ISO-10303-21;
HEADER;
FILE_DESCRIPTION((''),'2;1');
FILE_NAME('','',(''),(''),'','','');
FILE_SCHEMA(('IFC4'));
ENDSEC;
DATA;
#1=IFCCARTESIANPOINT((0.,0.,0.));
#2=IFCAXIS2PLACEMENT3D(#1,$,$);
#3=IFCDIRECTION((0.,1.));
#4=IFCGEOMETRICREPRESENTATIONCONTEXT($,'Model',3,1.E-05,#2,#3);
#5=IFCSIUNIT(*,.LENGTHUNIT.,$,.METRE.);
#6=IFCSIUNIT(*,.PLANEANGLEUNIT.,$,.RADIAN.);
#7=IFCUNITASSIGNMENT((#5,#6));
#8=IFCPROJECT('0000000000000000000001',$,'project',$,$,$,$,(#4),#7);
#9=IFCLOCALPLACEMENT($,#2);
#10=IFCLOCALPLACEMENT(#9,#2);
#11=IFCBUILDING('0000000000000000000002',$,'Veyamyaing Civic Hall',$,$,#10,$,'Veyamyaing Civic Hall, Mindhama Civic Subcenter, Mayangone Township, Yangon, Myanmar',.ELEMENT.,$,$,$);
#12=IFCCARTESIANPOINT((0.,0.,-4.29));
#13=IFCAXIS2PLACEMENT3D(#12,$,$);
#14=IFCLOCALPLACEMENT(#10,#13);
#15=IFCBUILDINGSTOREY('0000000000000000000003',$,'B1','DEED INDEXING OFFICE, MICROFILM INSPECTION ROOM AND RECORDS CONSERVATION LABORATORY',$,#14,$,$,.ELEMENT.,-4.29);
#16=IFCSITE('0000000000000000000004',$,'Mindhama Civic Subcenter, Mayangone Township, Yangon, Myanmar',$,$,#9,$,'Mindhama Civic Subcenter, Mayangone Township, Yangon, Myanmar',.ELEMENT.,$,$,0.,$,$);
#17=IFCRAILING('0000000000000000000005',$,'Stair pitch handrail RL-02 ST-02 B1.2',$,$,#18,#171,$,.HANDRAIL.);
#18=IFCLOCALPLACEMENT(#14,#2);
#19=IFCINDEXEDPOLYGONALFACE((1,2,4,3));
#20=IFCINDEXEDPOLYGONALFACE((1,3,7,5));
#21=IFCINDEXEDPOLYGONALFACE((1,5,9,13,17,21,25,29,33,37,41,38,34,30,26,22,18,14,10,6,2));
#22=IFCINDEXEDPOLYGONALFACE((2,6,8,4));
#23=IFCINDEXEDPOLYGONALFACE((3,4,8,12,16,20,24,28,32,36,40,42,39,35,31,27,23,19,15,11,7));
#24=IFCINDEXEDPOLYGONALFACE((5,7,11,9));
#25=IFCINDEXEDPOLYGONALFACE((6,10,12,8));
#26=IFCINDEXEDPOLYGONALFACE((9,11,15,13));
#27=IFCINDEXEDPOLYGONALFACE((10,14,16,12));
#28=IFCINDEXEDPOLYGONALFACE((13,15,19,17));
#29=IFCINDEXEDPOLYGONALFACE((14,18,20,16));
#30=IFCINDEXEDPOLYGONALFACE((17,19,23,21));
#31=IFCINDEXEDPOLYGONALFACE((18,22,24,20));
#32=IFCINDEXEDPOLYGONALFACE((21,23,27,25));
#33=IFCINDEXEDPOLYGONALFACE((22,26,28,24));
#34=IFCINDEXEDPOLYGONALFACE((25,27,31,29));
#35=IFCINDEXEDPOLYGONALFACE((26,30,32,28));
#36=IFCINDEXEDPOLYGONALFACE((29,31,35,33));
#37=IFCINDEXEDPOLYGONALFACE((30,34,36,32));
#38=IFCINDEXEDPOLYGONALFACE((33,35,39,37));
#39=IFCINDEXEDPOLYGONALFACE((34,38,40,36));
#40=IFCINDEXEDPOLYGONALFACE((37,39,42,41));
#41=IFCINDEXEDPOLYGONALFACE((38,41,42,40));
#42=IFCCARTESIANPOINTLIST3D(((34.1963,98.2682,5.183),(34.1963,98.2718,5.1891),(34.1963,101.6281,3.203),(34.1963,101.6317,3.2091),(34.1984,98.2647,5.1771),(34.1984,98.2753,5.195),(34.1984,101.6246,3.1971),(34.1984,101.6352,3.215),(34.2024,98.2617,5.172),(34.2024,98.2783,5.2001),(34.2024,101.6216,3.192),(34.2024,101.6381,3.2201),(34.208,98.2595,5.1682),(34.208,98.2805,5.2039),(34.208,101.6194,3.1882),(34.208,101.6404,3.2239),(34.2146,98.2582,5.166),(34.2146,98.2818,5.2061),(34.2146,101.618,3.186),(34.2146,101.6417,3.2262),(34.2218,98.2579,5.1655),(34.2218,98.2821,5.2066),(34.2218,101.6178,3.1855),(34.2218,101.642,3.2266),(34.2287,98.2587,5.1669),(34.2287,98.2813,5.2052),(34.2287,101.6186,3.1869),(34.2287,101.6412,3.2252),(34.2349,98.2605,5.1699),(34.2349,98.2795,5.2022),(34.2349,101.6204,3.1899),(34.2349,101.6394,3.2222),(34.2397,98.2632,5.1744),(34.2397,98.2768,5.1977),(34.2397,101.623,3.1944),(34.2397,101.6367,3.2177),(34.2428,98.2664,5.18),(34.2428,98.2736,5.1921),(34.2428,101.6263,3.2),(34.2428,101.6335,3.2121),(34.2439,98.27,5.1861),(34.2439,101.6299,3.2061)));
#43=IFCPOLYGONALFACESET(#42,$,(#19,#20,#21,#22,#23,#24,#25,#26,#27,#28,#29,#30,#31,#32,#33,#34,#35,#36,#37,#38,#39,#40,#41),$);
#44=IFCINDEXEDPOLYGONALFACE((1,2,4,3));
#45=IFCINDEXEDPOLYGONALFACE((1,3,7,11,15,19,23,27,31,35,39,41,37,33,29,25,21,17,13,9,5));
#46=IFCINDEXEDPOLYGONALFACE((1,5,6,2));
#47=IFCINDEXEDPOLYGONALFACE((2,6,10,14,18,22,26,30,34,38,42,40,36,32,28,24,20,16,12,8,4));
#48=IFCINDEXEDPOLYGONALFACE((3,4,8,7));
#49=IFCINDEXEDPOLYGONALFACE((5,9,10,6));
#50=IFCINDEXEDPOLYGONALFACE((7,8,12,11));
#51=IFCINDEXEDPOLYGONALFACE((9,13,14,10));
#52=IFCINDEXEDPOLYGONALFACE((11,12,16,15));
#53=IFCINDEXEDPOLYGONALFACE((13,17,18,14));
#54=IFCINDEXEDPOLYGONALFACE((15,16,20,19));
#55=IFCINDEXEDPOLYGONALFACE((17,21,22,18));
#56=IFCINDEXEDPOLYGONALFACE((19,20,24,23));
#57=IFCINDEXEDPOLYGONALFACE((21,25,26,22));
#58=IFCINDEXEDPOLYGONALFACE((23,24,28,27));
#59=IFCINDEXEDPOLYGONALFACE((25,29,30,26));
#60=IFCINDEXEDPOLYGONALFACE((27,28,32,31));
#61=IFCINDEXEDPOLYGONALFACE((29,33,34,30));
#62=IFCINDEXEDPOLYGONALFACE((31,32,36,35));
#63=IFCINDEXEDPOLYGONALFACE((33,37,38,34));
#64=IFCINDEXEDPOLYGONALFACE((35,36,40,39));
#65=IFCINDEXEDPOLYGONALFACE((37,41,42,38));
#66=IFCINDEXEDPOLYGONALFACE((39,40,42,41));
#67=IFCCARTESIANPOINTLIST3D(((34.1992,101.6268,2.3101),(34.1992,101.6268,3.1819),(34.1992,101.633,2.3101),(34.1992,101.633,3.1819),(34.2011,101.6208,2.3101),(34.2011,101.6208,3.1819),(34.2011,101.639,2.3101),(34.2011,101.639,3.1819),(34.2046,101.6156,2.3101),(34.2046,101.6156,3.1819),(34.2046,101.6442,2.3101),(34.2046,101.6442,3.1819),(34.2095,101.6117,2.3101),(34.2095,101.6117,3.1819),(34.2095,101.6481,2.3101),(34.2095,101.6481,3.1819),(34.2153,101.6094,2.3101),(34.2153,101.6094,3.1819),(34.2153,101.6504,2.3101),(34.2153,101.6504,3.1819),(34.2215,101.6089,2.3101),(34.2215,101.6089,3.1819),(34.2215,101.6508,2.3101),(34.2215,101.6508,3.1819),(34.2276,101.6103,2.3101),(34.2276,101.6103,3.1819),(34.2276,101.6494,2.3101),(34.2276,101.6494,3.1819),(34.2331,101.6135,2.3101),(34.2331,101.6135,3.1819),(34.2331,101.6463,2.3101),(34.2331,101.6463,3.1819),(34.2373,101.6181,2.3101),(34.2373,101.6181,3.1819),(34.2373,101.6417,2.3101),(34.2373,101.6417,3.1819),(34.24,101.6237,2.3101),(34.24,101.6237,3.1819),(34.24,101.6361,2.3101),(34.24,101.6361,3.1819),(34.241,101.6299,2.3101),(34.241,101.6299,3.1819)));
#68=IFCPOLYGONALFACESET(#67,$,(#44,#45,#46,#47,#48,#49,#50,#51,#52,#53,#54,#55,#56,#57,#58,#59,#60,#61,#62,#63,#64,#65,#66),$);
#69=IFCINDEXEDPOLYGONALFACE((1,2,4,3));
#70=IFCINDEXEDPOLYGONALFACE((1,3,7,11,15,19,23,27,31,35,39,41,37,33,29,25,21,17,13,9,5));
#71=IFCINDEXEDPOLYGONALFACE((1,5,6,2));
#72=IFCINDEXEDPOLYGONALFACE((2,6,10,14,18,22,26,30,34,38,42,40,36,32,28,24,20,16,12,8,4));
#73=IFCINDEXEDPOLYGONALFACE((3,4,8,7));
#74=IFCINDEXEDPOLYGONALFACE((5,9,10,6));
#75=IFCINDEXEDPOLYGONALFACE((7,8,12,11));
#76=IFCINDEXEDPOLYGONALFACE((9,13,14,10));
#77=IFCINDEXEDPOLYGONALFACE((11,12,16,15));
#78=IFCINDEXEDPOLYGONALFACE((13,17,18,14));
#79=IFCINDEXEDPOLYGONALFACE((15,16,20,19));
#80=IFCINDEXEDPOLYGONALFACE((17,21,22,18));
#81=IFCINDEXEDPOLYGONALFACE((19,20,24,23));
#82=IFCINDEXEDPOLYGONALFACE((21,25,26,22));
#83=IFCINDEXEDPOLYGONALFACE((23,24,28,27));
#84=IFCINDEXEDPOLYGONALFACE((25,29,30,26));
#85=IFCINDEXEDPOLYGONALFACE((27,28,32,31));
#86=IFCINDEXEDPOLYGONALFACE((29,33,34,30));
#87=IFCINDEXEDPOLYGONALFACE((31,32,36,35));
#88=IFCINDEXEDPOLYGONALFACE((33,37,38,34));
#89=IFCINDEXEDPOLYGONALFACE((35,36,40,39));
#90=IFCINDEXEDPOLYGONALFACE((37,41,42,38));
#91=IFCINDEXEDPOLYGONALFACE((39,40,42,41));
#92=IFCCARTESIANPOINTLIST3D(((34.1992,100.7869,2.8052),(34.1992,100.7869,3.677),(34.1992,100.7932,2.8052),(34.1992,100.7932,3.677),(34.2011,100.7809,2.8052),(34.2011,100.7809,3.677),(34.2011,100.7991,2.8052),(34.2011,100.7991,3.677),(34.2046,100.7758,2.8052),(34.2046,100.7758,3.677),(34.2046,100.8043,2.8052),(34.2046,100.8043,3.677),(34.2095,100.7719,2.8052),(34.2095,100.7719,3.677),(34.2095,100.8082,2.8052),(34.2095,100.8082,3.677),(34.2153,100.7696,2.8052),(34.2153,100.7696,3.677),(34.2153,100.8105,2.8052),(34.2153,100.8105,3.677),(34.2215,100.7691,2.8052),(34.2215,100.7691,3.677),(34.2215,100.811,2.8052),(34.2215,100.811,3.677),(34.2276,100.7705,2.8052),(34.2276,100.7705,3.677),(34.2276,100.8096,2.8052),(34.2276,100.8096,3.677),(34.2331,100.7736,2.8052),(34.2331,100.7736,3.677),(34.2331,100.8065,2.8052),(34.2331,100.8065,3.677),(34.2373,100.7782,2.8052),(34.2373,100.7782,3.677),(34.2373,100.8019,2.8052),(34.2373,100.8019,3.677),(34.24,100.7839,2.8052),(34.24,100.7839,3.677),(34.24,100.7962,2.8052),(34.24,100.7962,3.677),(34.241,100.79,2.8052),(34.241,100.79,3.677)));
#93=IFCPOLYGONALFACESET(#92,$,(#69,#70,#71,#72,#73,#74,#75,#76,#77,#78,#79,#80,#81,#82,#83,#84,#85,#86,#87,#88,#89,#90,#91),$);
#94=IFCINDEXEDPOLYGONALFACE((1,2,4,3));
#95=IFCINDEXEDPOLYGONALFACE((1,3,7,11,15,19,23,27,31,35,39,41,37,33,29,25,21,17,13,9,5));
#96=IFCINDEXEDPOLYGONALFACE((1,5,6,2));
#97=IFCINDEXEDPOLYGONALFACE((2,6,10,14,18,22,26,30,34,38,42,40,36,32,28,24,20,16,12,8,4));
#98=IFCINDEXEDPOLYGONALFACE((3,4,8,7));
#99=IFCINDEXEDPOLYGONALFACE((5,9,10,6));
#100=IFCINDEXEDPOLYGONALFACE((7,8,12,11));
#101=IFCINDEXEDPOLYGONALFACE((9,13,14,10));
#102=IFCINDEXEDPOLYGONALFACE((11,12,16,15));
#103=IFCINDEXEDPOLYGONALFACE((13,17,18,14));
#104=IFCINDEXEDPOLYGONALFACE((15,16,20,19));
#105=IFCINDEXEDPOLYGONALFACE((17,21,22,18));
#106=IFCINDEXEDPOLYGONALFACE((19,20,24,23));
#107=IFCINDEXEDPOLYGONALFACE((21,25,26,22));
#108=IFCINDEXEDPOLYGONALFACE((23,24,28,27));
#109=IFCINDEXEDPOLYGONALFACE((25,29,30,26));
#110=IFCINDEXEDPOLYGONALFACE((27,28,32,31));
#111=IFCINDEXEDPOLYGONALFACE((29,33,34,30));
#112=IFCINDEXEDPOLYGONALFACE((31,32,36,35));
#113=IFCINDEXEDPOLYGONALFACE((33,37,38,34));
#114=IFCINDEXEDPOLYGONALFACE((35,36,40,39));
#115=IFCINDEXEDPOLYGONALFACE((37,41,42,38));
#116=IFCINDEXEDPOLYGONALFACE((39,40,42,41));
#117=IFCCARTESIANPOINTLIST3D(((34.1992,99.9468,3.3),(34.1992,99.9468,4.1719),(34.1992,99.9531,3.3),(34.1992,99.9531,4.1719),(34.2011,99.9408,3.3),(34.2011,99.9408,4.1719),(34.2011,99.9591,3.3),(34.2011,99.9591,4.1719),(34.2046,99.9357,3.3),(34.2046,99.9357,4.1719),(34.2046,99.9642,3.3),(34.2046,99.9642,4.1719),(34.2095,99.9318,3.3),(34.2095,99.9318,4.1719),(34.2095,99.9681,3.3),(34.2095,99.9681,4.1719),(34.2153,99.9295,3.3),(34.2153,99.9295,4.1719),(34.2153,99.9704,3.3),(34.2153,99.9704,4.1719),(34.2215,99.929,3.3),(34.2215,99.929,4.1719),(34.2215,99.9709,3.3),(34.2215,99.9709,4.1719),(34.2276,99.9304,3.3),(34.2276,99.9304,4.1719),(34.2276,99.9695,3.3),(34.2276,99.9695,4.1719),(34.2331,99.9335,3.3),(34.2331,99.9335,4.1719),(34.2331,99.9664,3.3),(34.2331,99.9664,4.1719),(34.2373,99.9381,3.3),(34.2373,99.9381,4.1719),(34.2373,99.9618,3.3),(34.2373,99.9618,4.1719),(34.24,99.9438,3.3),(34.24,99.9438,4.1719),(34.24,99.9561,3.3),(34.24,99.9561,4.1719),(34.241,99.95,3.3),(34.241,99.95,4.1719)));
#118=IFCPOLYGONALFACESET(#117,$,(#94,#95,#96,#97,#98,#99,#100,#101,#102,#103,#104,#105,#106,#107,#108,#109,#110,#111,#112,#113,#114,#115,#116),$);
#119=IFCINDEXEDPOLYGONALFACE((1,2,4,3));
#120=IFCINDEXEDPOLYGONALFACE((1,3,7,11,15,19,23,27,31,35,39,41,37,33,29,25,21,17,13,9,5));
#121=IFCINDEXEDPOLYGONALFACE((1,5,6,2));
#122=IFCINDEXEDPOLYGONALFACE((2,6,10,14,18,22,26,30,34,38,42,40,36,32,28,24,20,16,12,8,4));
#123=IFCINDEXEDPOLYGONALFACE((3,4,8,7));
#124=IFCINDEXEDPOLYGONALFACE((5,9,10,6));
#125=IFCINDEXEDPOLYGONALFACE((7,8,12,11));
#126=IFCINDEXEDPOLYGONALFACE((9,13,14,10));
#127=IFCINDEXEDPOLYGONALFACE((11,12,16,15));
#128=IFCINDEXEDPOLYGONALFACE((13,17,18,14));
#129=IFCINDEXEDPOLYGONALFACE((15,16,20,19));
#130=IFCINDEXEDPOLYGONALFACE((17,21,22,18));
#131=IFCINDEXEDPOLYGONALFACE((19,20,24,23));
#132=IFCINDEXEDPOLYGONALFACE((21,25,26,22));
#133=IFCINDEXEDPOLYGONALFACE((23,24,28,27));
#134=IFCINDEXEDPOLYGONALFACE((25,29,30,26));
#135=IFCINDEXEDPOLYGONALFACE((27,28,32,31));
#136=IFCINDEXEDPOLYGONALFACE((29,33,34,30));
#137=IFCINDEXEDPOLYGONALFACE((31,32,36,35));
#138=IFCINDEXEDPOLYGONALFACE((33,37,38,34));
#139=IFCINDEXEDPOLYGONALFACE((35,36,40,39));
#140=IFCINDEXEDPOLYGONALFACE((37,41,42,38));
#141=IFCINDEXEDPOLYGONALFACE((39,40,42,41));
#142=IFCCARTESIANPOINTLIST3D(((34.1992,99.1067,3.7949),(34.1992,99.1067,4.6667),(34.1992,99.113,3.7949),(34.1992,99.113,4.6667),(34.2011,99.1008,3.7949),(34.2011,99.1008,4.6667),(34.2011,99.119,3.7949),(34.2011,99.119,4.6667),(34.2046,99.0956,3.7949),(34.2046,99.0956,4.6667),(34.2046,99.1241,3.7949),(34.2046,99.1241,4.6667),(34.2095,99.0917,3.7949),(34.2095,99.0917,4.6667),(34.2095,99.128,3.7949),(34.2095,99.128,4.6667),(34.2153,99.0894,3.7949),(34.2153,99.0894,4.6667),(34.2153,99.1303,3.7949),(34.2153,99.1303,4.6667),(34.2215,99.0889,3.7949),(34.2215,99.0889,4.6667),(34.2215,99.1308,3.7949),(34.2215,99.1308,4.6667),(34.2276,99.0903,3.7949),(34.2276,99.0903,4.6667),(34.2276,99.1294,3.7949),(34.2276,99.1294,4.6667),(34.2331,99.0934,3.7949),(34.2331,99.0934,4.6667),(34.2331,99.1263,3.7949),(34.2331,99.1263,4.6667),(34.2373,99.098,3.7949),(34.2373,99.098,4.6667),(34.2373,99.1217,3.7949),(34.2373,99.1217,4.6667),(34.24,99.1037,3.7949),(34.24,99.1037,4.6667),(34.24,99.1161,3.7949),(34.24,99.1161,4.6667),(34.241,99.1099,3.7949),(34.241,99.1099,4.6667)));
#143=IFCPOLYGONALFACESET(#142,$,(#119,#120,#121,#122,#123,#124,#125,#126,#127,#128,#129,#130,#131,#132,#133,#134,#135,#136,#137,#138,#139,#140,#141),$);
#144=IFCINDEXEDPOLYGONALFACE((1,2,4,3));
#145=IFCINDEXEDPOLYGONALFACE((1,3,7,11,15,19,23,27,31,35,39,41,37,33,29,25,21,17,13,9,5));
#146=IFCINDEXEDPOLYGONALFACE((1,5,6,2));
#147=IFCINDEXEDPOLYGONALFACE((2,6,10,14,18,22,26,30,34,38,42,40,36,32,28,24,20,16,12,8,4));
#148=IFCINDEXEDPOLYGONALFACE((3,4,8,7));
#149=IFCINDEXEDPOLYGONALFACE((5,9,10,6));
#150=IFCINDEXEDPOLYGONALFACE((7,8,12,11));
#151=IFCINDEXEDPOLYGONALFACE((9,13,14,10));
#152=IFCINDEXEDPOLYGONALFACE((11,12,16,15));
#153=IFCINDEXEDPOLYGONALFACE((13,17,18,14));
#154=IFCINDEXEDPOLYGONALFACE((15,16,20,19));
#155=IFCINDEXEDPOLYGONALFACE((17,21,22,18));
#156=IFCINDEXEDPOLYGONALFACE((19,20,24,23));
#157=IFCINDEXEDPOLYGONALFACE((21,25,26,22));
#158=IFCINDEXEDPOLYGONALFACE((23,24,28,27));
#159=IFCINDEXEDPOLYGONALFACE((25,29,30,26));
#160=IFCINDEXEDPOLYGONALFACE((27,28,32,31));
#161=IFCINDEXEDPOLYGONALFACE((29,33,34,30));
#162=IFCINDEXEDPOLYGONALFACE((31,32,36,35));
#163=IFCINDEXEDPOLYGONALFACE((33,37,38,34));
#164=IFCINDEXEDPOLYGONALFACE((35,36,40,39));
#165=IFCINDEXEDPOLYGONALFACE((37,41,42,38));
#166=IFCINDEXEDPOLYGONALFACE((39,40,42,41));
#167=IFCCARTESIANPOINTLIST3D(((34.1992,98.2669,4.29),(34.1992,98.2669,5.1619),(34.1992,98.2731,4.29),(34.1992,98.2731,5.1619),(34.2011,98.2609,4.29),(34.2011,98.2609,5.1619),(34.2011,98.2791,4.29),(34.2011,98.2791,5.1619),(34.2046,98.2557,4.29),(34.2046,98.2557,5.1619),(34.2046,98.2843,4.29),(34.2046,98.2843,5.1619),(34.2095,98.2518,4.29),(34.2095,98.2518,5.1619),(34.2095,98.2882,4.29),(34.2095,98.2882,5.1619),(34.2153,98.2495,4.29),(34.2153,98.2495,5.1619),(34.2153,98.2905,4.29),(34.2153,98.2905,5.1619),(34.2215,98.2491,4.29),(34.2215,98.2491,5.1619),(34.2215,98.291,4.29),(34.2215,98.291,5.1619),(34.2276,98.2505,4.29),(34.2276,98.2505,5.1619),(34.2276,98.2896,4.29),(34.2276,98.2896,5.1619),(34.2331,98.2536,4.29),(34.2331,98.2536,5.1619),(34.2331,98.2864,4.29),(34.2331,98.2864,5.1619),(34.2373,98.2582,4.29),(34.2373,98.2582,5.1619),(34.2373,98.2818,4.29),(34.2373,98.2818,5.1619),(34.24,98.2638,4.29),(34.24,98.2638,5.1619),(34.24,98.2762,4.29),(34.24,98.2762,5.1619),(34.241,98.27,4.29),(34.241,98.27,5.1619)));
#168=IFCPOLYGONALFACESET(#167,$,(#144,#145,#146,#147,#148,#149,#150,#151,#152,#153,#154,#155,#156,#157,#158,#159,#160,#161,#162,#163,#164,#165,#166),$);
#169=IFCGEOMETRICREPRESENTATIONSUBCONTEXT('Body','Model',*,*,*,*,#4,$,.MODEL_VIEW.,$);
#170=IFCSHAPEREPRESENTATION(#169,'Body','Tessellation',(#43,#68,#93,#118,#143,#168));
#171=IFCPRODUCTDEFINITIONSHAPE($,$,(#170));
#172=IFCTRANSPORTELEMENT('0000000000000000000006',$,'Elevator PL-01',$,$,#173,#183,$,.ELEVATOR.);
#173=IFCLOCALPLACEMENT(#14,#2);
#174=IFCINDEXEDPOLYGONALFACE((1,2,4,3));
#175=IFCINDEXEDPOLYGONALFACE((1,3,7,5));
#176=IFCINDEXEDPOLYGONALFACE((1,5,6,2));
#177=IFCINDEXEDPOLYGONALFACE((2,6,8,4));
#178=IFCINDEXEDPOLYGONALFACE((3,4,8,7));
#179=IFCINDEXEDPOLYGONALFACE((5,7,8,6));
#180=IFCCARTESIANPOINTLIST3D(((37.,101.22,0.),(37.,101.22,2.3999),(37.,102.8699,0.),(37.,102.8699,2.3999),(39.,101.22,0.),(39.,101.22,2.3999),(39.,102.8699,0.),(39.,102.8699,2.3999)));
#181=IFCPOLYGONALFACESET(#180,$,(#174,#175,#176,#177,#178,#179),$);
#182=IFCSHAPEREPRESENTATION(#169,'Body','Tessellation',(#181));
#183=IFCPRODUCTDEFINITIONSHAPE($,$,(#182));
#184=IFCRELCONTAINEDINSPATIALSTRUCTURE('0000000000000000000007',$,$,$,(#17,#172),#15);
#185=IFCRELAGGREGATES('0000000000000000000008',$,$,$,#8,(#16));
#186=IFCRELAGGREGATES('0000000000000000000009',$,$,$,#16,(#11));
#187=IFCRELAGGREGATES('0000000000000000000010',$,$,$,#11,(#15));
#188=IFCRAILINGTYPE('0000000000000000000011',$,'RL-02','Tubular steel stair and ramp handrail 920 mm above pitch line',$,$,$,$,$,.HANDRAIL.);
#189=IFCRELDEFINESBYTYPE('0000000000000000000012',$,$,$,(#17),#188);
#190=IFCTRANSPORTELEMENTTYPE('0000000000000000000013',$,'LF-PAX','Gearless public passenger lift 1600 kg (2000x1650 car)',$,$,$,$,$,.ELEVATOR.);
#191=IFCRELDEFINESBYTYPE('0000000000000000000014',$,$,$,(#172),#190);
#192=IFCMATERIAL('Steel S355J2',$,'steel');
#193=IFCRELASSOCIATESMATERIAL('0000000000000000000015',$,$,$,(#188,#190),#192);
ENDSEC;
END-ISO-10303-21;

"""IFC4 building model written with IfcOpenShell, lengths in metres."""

from ifc_helpers import new_model, si_unit, direction, frame, origin, origin_2d, place, context, subcontext, project, spatial, rectangle, circle, extrude, material, type_object, element, save


model = new_model("IFC4")

# Units and contexts
model_context = context("Model", 3, precision=1e-05, world=origin(), true_north=direction((0.0, 1.0)))
body_context = subcontext(model_context, "Body", "Model", "MODEL_VIEW")
ifc_project = project(units=[si_unit("LENGTHUNIT", "METRE"), si_unit("PLANEANGLEUNIT", "RADIAN")], contexts=[model_context])

# Site, building, storey
site_placement = place(None, origin())
site = spatial("IfcSite", under=ifc_project, at=site_placement, Name="Mindhama Civic Subcenter, Mayangone Township, Yangon, Myanmar", LongName="Mindhama Civic Subcenter, Mayangone Township, Yangon, Myanmar", CompositionType="ELEMENT", RefElevation=0.0)
building_placement = place(site_placement, origin())
building = spatial("IfcBuilding", under=site, at=building_placement, Name="Veyamyaing Civic Hall", LongName="Veyamyaing Civic Hall, Mindhama Civic Subcenter, Mayangone Township, Yangon, Myanmar", CompositionType="ELEMENT")
storey_placement = place(building_placement, frame((0.0, 0.0, -4.29)))
storey = spatial("IfcBuildingStorey", under=building, at=storey_placement, Name="B1", Description="DEED INDEXING OFFICE, MICROFILM INSPECTION ROOM AND RECORDS CONSERVATION LABORATORY", CompositionType="ELEMENT", Elevation=-4.29)

# Railing
ifc_material_1 = material(Name="Steel S355J2", Category="steel")
railing_type_1 = type_object("IfcRailingType", Name="RL-02", Description="Tubular steel stair and ramp handrail 920 mm above pitch line", PredefinedType="HANDRAIL", material=ifc_material_1)
railing_1_placement = place(storey_placement, frame((34.22, 101.6299, 2.3101)))
element("IfcRailing", 1, at=railing_1_placement, inside=storey, type_object=railing_type_1, Name="Stair pitch handrail RL-02 ST-02 B1.2", PredefinedType="HANDRAIL", context=body_context, shape_type="SweptSolid", body=[
    extrude(circle(Radius=0.0239, at=origin_2d()), frame((0.0, 0.0, 0.896), z_axis=(0.0, -0.861532, 0.507704), x_axis=(1.0, 0.0, 0.0)), (0.0, 0.0, 1.0), 3.8999),
    extrude(circle(Radius=0.021, at=origin_2d()), origin(), (0.0, 0.0, 1.0), 0.8718),
    extrude(circle(Radius=0.021, at=origin_2d()), frame((0.0, -0.8398, 0.4951)), (0.0, 0.0, 1.0), 0.8718),
    extrude(circle(Radius=0.021, at=origin_2d()), frame((0.0, -1.6799, 0.99)), (0.0, 0.0, 1.0), 0.8718),
    extrude(circle(Radius=0.021, at=origin_2d()), frame((0.0, -2.52, 1.4849)), (0.0, 0.0, 1.0), 0.8718),
    extrude(circle(Radius=0.021, at=origin_2d()), frame((0.0, -3.3599, 1.98)), (0.0, 0.0, 1.0), 0.8718),
])

# Transport element
transport_element_type = type_object("IfcTransportElementType", Name="LF-PAX", Description="Gearless public passenger lift 1600 kg (2000x1650 car)", PredefinedType="ELEVATOR", material=ifc_material_1)
transport_element_placement = place(storey_placement, frame((38.0, 102.0449, 0.0), z_axis=(0.0, 0.0, 1.0), x_axis=(1.0, 0.0, 0.0)))
element("IfcTransportElement", 2, at=transport_element_placement, inside=storey, type_object=transport_element_type, Name="Elevator PL-01", PredefinedType="ELEVATOR", context=body_context, shape_type="SweptSolid", body=[
    extrude(rectangle(XDim=2.0, YDim=1.6499, at=origin_2d()), origin(), (0.0, 0.0, 1.0), 2.3999),
])

save(model, "model.ifc")
